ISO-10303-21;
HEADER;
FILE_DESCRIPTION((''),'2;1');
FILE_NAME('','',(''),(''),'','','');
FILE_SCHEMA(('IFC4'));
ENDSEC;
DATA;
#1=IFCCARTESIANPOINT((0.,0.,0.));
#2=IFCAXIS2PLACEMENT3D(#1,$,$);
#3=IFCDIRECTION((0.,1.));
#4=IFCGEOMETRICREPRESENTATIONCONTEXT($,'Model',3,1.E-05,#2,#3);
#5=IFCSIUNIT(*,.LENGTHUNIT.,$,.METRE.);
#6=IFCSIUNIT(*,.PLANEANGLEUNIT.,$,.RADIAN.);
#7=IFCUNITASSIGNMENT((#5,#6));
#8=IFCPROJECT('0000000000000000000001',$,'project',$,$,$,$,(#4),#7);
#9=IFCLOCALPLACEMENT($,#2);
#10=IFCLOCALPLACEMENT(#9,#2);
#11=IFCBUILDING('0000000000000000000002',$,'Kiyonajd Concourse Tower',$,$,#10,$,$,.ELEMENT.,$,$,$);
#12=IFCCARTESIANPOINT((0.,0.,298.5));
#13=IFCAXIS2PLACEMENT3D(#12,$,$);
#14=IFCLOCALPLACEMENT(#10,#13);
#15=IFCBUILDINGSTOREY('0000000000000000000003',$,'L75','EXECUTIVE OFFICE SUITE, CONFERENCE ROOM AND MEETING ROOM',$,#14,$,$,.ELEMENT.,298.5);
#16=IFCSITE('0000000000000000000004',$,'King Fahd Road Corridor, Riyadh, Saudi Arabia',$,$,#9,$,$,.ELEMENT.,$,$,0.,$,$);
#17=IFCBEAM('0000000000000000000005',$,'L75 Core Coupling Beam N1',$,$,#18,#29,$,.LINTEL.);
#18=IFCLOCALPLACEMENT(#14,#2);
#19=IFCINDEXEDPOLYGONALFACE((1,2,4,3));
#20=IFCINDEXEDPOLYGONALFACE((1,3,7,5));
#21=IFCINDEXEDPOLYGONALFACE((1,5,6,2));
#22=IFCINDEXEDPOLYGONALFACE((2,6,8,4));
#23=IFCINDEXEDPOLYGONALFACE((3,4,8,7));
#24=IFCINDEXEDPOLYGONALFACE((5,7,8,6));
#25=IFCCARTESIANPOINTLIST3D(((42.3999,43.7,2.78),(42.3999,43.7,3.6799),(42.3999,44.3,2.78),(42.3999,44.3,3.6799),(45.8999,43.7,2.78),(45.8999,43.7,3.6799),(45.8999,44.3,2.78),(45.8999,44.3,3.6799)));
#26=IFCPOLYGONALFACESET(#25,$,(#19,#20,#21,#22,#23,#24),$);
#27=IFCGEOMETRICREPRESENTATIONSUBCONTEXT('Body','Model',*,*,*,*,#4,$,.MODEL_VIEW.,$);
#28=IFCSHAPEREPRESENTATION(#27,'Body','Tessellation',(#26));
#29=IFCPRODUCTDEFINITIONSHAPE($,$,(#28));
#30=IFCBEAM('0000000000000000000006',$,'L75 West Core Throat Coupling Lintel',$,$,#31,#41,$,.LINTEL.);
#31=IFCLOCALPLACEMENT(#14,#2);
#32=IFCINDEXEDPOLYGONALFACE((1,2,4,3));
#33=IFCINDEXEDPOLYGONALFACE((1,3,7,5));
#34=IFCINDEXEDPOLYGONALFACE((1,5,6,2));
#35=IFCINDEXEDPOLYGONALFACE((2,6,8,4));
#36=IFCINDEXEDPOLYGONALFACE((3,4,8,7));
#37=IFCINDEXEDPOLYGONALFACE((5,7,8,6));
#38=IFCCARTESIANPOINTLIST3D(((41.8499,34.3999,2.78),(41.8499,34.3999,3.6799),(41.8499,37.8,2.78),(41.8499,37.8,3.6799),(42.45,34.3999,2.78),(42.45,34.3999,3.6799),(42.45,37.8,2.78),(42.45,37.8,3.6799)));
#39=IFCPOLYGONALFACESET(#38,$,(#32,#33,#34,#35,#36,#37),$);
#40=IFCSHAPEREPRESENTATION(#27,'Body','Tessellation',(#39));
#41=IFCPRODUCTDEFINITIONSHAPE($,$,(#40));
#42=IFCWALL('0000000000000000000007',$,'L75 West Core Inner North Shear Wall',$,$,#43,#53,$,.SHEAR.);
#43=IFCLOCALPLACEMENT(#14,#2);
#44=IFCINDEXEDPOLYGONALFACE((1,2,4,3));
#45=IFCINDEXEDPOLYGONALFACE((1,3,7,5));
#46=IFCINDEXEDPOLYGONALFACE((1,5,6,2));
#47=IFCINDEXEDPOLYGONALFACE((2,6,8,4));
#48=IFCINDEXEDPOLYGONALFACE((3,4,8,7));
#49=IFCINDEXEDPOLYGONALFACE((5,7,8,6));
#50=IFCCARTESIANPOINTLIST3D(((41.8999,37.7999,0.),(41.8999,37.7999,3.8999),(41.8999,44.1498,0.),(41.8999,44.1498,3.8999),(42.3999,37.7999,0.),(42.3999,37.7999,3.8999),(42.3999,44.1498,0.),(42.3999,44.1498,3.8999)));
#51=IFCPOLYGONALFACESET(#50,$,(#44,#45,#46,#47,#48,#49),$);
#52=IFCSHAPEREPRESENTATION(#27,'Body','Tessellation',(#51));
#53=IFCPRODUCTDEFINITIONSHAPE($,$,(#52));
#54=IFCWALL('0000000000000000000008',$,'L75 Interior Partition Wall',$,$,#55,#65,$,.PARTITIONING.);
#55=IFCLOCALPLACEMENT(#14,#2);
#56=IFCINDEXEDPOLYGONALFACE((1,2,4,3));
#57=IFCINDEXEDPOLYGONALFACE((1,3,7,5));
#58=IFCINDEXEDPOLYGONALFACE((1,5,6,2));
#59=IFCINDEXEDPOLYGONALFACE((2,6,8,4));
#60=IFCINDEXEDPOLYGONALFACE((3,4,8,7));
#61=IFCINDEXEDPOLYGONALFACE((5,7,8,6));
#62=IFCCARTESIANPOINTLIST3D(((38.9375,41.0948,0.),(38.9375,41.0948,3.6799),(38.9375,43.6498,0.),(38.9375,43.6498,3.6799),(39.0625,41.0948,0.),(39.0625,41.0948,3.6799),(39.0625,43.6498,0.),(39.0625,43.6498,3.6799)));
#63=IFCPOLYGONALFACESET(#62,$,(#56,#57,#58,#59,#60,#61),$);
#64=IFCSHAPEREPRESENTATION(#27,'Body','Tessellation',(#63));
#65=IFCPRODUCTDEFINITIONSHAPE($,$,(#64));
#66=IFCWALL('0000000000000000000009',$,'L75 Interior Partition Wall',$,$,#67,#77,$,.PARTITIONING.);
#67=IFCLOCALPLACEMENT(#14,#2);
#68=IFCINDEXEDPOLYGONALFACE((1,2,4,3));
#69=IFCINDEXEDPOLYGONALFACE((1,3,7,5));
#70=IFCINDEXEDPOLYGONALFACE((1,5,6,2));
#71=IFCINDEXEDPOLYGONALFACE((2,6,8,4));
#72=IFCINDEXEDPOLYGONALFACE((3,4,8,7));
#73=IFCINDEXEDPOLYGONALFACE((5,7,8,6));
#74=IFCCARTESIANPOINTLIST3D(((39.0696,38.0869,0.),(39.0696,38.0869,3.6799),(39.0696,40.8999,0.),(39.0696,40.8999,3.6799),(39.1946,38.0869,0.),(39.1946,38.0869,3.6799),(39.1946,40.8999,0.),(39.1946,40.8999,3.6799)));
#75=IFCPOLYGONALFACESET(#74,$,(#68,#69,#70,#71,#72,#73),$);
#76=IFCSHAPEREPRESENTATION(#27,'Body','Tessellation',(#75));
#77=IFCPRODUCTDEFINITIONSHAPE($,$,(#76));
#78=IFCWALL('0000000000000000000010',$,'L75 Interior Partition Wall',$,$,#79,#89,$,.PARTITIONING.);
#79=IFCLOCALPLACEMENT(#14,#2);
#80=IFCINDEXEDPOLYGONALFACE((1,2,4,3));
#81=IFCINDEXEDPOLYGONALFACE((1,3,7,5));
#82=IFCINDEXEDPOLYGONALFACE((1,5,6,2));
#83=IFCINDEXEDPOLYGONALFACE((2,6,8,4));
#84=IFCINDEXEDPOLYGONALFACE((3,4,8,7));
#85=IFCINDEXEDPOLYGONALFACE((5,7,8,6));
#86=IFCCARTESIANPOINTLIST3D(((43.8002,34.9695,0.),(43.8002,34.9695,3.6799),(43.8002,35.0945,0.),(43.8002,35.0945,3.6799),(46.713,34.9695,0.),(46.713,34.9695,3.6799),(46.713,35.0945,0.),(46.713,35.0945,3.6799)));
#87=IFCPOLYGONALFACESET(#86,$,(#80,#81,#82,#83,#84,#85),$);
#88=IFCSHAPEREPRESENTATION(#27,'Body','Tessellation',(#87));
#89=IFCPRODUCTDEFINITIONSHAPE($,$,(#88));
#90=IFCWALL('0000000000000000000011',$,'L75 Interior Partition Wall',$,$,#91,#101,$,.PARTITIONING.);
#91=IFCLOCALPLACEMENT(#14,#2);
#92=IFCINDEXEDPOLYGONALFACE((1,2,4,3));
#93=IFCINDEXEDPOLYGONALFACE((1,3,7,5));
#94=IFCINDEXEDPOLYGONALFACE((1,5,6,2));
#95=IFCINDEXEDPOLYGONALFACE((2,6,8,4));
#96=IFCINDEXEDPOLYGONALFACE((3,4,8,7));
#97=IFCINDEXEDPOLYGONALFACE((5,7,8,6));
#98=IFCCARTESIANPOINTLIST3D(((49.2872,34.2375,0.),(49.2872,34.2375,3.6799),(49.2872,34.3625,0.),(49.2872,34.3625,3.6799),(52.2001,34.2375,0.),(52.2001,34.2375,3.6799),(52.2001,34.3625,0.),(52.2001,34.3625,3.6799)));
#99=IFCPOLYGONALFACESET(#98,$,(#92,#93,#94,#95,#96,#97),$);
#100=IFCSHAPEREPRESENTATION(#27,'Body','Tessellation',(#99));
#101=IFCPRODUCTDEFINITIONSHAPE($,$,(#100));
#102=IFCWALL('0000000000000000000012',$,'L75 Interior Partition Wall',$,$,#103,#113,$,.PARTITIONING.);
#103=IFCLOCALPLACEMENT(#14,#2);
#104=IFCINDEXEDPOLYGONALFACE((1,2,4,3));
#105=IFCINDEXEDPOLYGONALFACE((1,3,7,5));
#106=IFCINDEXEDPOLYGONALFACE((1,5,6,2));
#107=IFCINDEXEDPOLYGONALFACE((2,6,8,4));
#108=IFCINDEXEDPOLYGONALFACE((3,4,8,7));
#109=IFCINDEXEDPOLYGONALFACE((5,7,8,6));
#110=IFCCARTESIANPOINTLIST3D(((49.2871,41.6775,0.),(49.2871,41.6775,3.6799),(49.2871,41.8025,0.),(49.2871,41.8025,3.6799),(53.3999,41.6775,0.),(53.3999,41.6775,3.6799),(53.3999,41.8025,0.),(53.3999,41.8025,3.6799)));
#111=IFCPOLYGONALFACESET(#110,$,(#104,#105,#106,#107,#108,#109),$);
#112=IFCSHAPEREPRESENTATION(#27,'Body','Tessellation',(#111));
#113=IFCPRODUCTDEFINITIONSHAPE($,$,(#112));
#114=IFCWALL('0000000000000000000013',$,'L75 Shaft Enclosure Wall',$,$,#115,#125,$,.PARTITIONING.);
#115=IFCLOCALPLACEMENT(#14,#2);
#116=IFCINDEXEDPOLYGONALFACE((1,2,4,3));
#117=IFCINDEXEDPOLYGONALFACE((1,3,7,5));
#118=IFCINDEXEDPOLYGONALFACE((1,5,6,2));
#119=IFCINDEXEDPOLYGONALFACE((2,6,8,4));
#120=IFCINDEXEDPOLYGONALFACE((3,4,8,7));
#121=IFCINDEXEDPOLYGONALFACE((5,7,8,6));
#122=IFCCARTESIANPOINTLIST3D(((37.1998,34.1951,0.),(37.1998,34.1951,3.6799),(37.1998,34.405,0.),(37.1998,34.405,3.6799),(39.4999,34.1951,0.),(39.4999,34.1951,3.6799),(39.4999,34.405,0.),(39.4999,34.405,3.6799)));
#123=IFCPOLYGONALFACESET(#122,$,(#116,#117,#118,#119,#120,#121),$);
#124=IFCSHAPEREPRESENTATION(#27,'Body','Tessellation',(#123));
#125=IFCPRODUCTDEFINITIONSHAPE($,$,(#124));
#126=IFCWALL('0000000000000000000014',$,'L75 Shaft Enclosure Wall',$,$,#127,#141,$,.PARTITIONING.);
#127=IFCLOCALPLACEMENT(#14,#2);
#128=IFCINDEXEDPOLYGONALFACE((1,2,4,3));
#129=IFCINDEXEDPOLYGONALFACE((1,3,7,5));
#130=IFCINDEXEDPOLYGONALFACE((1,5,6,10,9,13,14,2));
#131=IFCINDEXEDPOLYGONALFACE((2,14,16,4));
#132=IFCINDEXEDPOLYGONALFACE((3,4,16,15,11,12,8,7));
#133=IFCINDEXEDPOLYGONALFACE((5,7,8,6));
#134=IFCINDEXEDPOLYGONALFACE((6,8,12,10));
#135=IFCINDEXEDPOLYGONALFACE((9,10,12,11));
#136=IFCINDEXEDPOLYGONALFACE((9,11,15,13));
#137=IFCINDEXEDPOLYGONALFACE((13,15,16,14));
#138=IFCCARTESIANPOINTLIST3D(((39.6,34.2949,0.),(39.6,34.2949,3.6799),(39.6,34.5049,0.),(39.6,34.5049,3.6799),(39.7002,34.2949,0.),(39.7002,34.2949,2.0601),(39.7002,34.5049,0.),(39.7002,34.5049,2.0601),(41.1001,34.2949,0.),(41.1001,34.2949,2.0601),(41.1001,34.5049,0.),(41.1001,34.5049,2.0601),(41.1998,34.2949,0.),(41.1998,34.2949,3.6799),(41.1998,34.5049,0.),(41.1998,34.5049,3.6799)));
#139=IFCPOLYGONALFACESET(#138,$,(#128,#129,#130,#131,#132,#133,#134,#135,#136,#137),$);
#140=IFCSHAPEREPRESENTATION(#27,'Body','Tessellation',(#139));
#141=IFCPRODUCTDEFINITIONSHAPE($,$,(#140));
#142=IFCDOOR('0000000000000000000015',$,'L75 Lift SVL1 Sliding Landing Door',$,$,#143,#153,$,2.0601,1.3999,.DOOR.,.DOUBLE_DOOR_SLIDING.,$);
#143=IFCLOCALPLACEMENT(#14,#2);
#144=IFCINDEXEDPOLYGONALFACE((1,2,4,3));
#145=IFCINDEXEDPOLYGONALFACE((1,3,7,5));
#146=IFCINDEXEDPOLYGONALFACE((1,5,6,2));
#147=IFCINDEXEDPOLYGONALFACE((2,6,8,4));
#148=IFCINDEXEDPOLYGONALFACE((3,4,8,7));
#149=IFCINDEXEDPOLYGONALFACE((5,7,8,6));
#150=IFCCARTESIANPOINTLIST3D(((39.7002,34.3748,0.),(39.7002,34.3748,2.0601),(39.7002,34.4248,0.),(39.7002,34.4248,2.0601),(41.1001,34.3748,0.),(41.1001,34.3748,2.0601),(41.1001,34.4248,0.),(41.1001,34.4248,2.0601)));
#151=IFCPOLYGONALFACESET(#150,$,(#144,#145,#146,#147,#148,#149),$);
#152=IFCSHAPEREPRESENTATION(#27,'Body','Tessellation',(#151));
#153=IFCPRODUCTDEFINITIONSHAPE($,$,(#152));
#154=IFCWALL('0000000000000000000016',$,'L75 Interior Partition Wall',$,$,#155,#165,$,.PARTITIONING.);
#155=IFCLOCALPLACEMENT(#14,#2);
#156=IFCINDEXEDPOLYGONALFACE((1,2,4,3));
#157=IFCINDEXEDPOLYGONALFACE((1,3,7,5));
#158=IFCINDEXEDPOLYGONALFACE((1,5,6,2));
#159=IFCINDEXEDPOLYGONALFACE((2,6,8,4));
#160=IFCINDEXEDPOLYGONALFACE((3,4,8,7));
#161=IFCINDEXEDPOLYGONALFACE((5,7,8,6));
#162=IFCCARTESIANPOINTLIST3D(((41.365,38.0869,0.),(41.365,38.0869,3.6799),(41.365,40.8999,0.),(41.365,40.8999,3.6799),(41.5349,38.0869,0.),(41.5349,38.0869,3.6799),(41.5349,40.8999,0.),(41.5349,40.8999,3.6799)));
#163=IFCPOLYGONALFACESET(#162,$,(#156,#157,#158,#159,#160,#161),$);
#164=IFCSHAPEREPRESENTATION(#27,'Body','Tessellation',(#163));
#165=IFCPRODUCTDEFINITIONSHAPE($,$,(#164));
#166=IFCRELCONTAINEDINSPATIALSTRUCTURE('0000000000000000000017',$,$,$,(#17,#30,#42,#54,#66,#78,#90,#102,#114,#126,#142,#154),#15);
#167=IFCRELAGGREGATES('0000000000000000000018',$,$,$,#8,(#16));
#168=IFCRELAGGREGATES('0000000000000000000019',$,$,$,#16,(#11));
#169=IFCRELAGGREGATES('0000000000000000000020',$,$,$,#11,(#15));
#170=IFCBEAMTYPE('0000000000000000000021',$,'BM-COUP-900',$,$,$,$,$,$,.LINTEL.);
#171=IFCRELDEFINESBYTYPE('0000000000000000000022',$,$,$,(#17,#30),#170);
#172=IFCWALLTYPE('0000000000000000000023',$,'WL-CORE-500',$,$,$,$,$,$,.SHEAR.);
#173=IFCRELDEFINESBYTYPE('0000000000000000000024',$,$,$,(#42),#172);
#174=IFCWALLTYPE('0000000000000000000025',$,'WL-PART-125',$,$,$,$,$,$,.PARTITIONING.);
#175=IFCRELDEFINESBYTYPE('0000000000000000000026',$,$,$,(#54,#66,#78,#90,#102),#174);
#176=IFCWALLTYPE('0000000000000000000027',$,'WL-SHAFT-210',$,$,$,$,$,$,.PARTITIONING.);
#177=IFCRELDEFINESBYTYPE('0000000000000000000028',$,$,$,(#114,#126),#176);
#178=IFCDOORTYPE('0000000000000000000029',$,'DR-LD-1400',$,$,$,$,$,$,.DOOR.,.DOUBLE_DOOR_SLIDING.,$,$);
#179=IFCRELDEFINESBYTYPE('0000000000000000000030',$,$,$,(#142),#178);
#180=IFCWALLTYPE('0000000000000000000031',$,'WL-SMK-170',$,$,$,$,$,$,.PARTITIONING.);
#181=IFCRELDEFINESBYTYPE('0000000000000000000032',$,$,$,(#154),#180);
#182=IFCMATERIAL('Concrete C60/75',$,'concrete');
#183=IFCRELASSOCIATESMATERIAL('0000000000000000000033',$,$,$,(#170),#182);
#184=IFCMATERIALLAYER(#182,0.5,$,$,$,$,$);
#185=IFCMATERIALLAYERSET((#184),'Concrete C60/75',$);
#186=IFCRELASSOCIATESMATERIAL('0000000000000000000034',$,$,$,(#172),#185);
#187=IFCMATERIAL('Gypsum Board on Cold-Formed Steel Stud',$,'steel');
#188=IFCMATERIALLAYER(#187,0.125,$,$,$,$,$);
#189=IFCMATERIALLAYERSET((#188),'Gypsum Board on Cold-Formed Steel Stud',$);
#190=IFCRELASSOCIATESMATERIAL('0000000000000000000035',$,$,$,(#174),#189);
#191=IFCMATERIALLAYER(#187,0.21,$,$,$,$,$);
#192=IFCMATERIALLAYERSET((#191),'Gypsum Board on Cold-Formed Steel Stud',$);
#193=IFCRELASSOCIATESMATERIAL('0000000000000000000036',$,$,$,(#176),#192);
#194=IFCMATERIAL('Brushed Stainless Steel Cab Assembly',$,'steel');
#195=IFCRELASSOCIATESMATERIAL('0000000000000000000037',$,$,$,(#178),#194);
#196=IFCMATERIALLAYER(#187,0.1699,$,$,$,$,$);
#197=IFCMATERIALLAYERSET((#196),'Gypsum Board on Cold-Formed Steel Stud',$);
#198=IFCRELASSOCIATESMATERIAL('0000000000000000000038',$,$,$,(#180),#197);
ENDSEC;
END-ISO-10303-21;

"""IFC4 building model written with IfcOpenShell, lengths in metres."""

from ifc_helpers import new_model, si_unit, direction, frame, frame_2d, origin, origin_2d, place, context, subcontext, project, spatial, rectangle, extrude, material, layer, layer_set, material_profile, profile_set, type_object, element, fill, save


model = new_model("IFC4")

# Units and contexts
model_context = context("Model", 3, precision=1e-05, world=origin(), true_north=direction((0.0, 1.0)))
body_context = subcontext(model_context, "Body", "Model", "MODEL_VIEW")
ifc_project = project(units=[si_unit("LENGTHUNIT", "METRE"), si_unit("PLANEANGLEUNIT", "RADIAN")], contexts=[model_context])

# Site, building, storey
site_placement = place(None, origin())
site = spatial("IfcSite", under=ifc_project, at=site_placement, Name="King Fahd Road Corridor, Riyadh, Saudi Arabia", CompositionType="ELEMENT", RefElevation=0.0)
building_placement = place(site_placement, origin())
building = spatial("IfcBuilding", under=site, at=building_placement, Name="Kiyonajd Concourse Tower", CompositionType="ELEMENT")
storey_placement = place(building_placement, frame((0.0, 0.0, 298.5)))
storey = spatial("IfcBuildingStorey", under=building, at=storey_placement, Name="L75", Description="EXECUTIVE OFFICE SUITE, CONFERENCE ROOM AND MEETING ROOM", CompositionType="ELEMENT", Elevation=298.5)

# Beams
ifc_material_1 = material(Name="Concrete C60/75", Category="concrete")
ifc_material_profile = material_profile(ifc_material_1, rectangle(XDim=0.6001, YDim=0.8999, at=origin_2d()), Name="RCBM-600x900")
ifc_profile_set = profile_set([ifc_material_profile], Name="Concrete C60/75")
beam_type = type_object("IfcBeamType", Name="BM-COUP-900", PredefinedType="LINTEL", material=ifc_profile_set)
beam_1_placement = place(storey_placement, frame((42.3999, 44.0, 3.23), z_axis=(1.0, 0.0, 0.0), x_axis=(0.0, 1.0, 0.0)))
element("IfcBeam", 1, at=beam_1_placement, inside=storey, type_object=beam_type, Name="L75 Core Coupling Beam N1", PredefinedType="LINTEL", context=body_context, shape_type="SweptSolid", body=[
    extrude(rectangle(XDim=0.6001, YDim=0.8999, at=origin_2d()), origin(), (0.0, 0.0, 1.0), 3.5),
])
beam_2_placement = place(storey_placement, frame((42.1499, 34.3999, 3.23), z_axis=(0.0, 1.0, 0.0), x_axis=(-1.0, 0.0, 0.0)))
element("IfcBeam", 2, at=beam_2_placement, inside=storey, type_object=beam_type, Name="L75 West Core Throat Coupling Lintel", PredefinedType="LINTEL", context=body_context, shape_type="SweptSolid", body=[
    extrude(rectangle(XDim=0.6001, YDim=0.8999, at=origin_2d()), origin(), (0.0, 0.0, 1.0), 3.4001),
])

# Walls
ifc_layer_1 = layer(ifc_material_1, 0.5)
ifc_layer_set_1 = layer_set([ifc_layer_1], Name="Concrete C60/75")
wall_type_1 = type_object("IfcWallType", Name="WL-CORE-500", PredefinedType="SHEAR", material=ifc_layer_set_1)
wall_1_placement = place(storey_placement, frame((42.1499, 37.8, 0.0), z_axis=(0.0, 0.0, 1.0), x_axis=(0.0, 1.0, 0.0)))
element("IfcWall", 3, at=wall_1_placement, inside=storey, type_object=wall_type_1, Name="L75 West Core Inner North Shear Wall", PredefinedType="SHEAR", context=body_context, shape_type="SweptSolid", body=[
    extrude(rectangle(XDim=6.3499, YDim=0.5, at=frame_2d((3.1748, 0.0))), origin(), (0.0, 0.0, 1.0), 3.8999),
])
ifc_material_2 = material(Name="Gypsum Board on Cold-Formed Steel Stud", Category="steel")
ifc_layer_2 = layer(ifc_material_2, 0.125)
ifc_layer_set_2 = layer_set([ifc_layer_2], Name="Gypsum Board on Cold-Formed Steel Stud")
wall_type_2 = type_object("IfcWallType", Name="WL-PART-125", PredefinedType="PARTITIONING", material=ifc_layer_set_2)
wall_2_placement = place(storey_placement, frame((39.0, 41.095, 0.0), z_axis=(0.0, 0.0, 1.0), x_axis=(0.0, 1.0, 0.0)))
element("IfcWall", 4, at=wall_2_placement, inside=storey, type_object=wall_type_2, Name="L75 Interior Partition Wall", PredefinedType="PARTITIONING", context=body_context, shape_type="SweptSolid", body=[
    extrude(rectangle(XDim=2.5549, YDim=0.125, at=frame_2d((1.2773, 0.0))), origin(), (0.0, 0.0, 1.0), 3.6799),
])
wall_3_placement = place(storey_placement, frame((39.1321, 38.0869, 0.0), z_axis=(0.0, 0.0, 1.0), x_axis=(0.0, 1.0, 0.0)))
element("IfcWall", 5, at=wall_3_placement, inside=storey, type_object=wall_type_2, Name="L75 Interior Partition Wall", PredefinedType="PARTITIONING", context=body_context, shape_type="SweptSolid", body=[
    extrude(rectangle(XDim=2.813, YDim=0.125, at=frame_2d((1.4065, 0.0))), origin(), (0.0, 0.0, 1.0), 3.6799),
])
for number, where, z_axis, x_axis, name in (
    (6, (43.8, 35.032, 0.0), (0.0, 0.0, 1.0), (1.0, 0.0, 0.0), "L75 Interior Partition Wall"),
    (7, (49.2871, 34.3, 0.0), (0.0, 0.0, 1.0), (1.0, 0.0, 0.0), "L75 Interior Partition Wall"),
):
    element("IfcWall", number, at=place(storey_placement, frame(where, z_axis=z_axis, x_axis=x_axis)), inside=storey, type_object=wall_type_2, Name=name, PredefinedType="PARTITIONING", context=body_context, shape_type="SweptSolid", body=[
        extrude(rectangle(XDim=2.9128, YDim=0.125, at=frame_2d((1.4565, 0.0))), origin(), (0.0, 0.0, 1.0), 3.6799),
    ])
wall_4_placement = place(storey_placement, frame((49.2871, 41.74, 0.0), z_axis=(0.0, 0.0, 1.0), x_axis=(1.0, 0.0, 0.0)))
element("IfcWall", 8, at=wall_4_placement, inside=storey, type_object=wall_type_2, Name="L75 Interior Partition Wall", PredefinedType="PARTITIONING", context=body_context, shape_type="SweptSolid", body=[
    extrude(rectangle(XDim=4.1128, YDim=0.125, at=frame_2d((2.0564, 0.0))), origin(), (0.0, 0.0, 1.0), 3.6799),
])
ifc_layer_3 = layer(ifc_material_2, 0.21)
ifc_layer_set_3 = layer_set([ifc_layer_3], Name="Gypsum Board on Cold-Formed Steel Stud")
wall_type_3 = type_object("IfcWallType", Name="WL-SHAFT-210", PredefinedType="PARTITIONING", material=ifc_layer_set_3)
wall_5_placement = place(storey_placement, frame((37.2, 34.3, 0.0), z_axis=(0.0, 0.0, 1.0), x_axis=(1.0, 0.0, 0.0)))
element("IfcWall", 9, at=wall_5_placement, inside=storey, type_object=wall_type_3, Name="L75 Shaft Enclosure Wall", PredefinedType="PARTITIONING", context=body_context, shape_type="SweptSolid", body=[
    extrude(rectangle(XDim=2.3, YDim=0.21, at=frame_2d((1.1499, 0.0))), origin(), (0.0, 0.0, 1.0), 3.6799),
])

# Wall, opening, door
wall_6_placement = place(storey_placement, frame((39.6001, 34.3999, 0.0), z_axis=(0.0, 0.0, 1.0), x_axis=(1.0, 0.0, 0.0)))
wall_6 = element("IfcWall", 10, at=wall_6_placement, inside=storey, type_object=wall_type_3, Name="L75 Shaft Enclosure Wall", PredefinedType="PARTITIONING", context=body_context, shape_type="SweptSolid", body=[
    extrude(rectangle(XDim=1.5999, YDim=0.21, at=frame_2d((0.7998, 0.0))), origin(), (0.0, 0.0, 1.0), 3.6799),
])
opening_1_placement = place(wall_6_placement, frame((0.1001, 0.0, 0.0)))
opening_1 = element("IfcOpeningElement", 11, at=opening_1_placement, cuts=wall_6, PredefinedType="OPENING", context=body_context, shape_type="SweptSolid", body=[
    extrude(rectangle(XDim=1.3999, YDim=2.0601, at=frame_2d((0.7, 1.03))), frame((0.0, 0.115, 0.0), z_axis=(0.0, -1.0, 0.0), x_axis=(1.0, 0.0, 0.0)), (0.0, 0.0, 1.0), 0.23),
])
ifc_material_3 = material(Name="Brushed Stainless Steel Cab Assembly", Category="steel")
door_type_1 = type_object("IfcDoorType", Name="DR-LD-1400", OperationType="DOUBLE_DOOR_SLIDING", PredefinedType="DOOR", material=ifc_material_3)
door_1_placement = place(opening_1_placement, origin())
door_1 = element("IfcDoor", 12, at=door_1_placement, inside=storey, type_object=door_type_1, Name="L75 Lift SVL1 Sliding Landing Door", OperationType="DOUBLE_DOOR_SLIDING", OverallHeight=2.0601, OverallWidth=1.3999, PredefinedType="DOOR", context=body_context, shape_type="SweptSolid", body=[
    extrude(rectangle(XDim=1.3999, YDim=2.0601, at=frame_2d((0.7, 1.03))), frame((0.0, 0.0249, 0.0), z_axis=(0.0, -1.0, 0.0), x_axis=(1.0, 0.0, 0.0)), (0.0, 0.0, 1.0), 0.05),
])
fill(opening_1, door_1)

# Wall
ifc_layer_4 = layer(ifc_material_2, 0.1699)
ifc_layer_set_4 = layer_set([ifc_layer_4], Name="Gypsum Board on Cold-Formed Steel Stud")
wall_type_4 = type_object("IfcWallType", Name="WL-SMK-170", PredefinedType="PARTITIONING", material=ifc_layer_set_4)
wall_7_placement = place(storey_placement, frame((41.45, 38.0869, 0.0), z_axis=(0.0, 0.0, 1.0), x_axis=(0.0, 1.0, 0.0)))
element("IfcWall", 13, at=wall_7_placement, inside=storey, type_object=wall_type_4, Name="L75 Interior Partition Wall", PredefinedType="PARTITIONING", context=body_context, shape_type="SweptSolid", body=[
    extrude(rectangle(XDim=2.813, YDim=0.1699, at=frame_2d((1.4065, 0.0))), origin(), (0.0, 0.0, 1.0), 3.6799),
])

save(model, "model.ifc")
